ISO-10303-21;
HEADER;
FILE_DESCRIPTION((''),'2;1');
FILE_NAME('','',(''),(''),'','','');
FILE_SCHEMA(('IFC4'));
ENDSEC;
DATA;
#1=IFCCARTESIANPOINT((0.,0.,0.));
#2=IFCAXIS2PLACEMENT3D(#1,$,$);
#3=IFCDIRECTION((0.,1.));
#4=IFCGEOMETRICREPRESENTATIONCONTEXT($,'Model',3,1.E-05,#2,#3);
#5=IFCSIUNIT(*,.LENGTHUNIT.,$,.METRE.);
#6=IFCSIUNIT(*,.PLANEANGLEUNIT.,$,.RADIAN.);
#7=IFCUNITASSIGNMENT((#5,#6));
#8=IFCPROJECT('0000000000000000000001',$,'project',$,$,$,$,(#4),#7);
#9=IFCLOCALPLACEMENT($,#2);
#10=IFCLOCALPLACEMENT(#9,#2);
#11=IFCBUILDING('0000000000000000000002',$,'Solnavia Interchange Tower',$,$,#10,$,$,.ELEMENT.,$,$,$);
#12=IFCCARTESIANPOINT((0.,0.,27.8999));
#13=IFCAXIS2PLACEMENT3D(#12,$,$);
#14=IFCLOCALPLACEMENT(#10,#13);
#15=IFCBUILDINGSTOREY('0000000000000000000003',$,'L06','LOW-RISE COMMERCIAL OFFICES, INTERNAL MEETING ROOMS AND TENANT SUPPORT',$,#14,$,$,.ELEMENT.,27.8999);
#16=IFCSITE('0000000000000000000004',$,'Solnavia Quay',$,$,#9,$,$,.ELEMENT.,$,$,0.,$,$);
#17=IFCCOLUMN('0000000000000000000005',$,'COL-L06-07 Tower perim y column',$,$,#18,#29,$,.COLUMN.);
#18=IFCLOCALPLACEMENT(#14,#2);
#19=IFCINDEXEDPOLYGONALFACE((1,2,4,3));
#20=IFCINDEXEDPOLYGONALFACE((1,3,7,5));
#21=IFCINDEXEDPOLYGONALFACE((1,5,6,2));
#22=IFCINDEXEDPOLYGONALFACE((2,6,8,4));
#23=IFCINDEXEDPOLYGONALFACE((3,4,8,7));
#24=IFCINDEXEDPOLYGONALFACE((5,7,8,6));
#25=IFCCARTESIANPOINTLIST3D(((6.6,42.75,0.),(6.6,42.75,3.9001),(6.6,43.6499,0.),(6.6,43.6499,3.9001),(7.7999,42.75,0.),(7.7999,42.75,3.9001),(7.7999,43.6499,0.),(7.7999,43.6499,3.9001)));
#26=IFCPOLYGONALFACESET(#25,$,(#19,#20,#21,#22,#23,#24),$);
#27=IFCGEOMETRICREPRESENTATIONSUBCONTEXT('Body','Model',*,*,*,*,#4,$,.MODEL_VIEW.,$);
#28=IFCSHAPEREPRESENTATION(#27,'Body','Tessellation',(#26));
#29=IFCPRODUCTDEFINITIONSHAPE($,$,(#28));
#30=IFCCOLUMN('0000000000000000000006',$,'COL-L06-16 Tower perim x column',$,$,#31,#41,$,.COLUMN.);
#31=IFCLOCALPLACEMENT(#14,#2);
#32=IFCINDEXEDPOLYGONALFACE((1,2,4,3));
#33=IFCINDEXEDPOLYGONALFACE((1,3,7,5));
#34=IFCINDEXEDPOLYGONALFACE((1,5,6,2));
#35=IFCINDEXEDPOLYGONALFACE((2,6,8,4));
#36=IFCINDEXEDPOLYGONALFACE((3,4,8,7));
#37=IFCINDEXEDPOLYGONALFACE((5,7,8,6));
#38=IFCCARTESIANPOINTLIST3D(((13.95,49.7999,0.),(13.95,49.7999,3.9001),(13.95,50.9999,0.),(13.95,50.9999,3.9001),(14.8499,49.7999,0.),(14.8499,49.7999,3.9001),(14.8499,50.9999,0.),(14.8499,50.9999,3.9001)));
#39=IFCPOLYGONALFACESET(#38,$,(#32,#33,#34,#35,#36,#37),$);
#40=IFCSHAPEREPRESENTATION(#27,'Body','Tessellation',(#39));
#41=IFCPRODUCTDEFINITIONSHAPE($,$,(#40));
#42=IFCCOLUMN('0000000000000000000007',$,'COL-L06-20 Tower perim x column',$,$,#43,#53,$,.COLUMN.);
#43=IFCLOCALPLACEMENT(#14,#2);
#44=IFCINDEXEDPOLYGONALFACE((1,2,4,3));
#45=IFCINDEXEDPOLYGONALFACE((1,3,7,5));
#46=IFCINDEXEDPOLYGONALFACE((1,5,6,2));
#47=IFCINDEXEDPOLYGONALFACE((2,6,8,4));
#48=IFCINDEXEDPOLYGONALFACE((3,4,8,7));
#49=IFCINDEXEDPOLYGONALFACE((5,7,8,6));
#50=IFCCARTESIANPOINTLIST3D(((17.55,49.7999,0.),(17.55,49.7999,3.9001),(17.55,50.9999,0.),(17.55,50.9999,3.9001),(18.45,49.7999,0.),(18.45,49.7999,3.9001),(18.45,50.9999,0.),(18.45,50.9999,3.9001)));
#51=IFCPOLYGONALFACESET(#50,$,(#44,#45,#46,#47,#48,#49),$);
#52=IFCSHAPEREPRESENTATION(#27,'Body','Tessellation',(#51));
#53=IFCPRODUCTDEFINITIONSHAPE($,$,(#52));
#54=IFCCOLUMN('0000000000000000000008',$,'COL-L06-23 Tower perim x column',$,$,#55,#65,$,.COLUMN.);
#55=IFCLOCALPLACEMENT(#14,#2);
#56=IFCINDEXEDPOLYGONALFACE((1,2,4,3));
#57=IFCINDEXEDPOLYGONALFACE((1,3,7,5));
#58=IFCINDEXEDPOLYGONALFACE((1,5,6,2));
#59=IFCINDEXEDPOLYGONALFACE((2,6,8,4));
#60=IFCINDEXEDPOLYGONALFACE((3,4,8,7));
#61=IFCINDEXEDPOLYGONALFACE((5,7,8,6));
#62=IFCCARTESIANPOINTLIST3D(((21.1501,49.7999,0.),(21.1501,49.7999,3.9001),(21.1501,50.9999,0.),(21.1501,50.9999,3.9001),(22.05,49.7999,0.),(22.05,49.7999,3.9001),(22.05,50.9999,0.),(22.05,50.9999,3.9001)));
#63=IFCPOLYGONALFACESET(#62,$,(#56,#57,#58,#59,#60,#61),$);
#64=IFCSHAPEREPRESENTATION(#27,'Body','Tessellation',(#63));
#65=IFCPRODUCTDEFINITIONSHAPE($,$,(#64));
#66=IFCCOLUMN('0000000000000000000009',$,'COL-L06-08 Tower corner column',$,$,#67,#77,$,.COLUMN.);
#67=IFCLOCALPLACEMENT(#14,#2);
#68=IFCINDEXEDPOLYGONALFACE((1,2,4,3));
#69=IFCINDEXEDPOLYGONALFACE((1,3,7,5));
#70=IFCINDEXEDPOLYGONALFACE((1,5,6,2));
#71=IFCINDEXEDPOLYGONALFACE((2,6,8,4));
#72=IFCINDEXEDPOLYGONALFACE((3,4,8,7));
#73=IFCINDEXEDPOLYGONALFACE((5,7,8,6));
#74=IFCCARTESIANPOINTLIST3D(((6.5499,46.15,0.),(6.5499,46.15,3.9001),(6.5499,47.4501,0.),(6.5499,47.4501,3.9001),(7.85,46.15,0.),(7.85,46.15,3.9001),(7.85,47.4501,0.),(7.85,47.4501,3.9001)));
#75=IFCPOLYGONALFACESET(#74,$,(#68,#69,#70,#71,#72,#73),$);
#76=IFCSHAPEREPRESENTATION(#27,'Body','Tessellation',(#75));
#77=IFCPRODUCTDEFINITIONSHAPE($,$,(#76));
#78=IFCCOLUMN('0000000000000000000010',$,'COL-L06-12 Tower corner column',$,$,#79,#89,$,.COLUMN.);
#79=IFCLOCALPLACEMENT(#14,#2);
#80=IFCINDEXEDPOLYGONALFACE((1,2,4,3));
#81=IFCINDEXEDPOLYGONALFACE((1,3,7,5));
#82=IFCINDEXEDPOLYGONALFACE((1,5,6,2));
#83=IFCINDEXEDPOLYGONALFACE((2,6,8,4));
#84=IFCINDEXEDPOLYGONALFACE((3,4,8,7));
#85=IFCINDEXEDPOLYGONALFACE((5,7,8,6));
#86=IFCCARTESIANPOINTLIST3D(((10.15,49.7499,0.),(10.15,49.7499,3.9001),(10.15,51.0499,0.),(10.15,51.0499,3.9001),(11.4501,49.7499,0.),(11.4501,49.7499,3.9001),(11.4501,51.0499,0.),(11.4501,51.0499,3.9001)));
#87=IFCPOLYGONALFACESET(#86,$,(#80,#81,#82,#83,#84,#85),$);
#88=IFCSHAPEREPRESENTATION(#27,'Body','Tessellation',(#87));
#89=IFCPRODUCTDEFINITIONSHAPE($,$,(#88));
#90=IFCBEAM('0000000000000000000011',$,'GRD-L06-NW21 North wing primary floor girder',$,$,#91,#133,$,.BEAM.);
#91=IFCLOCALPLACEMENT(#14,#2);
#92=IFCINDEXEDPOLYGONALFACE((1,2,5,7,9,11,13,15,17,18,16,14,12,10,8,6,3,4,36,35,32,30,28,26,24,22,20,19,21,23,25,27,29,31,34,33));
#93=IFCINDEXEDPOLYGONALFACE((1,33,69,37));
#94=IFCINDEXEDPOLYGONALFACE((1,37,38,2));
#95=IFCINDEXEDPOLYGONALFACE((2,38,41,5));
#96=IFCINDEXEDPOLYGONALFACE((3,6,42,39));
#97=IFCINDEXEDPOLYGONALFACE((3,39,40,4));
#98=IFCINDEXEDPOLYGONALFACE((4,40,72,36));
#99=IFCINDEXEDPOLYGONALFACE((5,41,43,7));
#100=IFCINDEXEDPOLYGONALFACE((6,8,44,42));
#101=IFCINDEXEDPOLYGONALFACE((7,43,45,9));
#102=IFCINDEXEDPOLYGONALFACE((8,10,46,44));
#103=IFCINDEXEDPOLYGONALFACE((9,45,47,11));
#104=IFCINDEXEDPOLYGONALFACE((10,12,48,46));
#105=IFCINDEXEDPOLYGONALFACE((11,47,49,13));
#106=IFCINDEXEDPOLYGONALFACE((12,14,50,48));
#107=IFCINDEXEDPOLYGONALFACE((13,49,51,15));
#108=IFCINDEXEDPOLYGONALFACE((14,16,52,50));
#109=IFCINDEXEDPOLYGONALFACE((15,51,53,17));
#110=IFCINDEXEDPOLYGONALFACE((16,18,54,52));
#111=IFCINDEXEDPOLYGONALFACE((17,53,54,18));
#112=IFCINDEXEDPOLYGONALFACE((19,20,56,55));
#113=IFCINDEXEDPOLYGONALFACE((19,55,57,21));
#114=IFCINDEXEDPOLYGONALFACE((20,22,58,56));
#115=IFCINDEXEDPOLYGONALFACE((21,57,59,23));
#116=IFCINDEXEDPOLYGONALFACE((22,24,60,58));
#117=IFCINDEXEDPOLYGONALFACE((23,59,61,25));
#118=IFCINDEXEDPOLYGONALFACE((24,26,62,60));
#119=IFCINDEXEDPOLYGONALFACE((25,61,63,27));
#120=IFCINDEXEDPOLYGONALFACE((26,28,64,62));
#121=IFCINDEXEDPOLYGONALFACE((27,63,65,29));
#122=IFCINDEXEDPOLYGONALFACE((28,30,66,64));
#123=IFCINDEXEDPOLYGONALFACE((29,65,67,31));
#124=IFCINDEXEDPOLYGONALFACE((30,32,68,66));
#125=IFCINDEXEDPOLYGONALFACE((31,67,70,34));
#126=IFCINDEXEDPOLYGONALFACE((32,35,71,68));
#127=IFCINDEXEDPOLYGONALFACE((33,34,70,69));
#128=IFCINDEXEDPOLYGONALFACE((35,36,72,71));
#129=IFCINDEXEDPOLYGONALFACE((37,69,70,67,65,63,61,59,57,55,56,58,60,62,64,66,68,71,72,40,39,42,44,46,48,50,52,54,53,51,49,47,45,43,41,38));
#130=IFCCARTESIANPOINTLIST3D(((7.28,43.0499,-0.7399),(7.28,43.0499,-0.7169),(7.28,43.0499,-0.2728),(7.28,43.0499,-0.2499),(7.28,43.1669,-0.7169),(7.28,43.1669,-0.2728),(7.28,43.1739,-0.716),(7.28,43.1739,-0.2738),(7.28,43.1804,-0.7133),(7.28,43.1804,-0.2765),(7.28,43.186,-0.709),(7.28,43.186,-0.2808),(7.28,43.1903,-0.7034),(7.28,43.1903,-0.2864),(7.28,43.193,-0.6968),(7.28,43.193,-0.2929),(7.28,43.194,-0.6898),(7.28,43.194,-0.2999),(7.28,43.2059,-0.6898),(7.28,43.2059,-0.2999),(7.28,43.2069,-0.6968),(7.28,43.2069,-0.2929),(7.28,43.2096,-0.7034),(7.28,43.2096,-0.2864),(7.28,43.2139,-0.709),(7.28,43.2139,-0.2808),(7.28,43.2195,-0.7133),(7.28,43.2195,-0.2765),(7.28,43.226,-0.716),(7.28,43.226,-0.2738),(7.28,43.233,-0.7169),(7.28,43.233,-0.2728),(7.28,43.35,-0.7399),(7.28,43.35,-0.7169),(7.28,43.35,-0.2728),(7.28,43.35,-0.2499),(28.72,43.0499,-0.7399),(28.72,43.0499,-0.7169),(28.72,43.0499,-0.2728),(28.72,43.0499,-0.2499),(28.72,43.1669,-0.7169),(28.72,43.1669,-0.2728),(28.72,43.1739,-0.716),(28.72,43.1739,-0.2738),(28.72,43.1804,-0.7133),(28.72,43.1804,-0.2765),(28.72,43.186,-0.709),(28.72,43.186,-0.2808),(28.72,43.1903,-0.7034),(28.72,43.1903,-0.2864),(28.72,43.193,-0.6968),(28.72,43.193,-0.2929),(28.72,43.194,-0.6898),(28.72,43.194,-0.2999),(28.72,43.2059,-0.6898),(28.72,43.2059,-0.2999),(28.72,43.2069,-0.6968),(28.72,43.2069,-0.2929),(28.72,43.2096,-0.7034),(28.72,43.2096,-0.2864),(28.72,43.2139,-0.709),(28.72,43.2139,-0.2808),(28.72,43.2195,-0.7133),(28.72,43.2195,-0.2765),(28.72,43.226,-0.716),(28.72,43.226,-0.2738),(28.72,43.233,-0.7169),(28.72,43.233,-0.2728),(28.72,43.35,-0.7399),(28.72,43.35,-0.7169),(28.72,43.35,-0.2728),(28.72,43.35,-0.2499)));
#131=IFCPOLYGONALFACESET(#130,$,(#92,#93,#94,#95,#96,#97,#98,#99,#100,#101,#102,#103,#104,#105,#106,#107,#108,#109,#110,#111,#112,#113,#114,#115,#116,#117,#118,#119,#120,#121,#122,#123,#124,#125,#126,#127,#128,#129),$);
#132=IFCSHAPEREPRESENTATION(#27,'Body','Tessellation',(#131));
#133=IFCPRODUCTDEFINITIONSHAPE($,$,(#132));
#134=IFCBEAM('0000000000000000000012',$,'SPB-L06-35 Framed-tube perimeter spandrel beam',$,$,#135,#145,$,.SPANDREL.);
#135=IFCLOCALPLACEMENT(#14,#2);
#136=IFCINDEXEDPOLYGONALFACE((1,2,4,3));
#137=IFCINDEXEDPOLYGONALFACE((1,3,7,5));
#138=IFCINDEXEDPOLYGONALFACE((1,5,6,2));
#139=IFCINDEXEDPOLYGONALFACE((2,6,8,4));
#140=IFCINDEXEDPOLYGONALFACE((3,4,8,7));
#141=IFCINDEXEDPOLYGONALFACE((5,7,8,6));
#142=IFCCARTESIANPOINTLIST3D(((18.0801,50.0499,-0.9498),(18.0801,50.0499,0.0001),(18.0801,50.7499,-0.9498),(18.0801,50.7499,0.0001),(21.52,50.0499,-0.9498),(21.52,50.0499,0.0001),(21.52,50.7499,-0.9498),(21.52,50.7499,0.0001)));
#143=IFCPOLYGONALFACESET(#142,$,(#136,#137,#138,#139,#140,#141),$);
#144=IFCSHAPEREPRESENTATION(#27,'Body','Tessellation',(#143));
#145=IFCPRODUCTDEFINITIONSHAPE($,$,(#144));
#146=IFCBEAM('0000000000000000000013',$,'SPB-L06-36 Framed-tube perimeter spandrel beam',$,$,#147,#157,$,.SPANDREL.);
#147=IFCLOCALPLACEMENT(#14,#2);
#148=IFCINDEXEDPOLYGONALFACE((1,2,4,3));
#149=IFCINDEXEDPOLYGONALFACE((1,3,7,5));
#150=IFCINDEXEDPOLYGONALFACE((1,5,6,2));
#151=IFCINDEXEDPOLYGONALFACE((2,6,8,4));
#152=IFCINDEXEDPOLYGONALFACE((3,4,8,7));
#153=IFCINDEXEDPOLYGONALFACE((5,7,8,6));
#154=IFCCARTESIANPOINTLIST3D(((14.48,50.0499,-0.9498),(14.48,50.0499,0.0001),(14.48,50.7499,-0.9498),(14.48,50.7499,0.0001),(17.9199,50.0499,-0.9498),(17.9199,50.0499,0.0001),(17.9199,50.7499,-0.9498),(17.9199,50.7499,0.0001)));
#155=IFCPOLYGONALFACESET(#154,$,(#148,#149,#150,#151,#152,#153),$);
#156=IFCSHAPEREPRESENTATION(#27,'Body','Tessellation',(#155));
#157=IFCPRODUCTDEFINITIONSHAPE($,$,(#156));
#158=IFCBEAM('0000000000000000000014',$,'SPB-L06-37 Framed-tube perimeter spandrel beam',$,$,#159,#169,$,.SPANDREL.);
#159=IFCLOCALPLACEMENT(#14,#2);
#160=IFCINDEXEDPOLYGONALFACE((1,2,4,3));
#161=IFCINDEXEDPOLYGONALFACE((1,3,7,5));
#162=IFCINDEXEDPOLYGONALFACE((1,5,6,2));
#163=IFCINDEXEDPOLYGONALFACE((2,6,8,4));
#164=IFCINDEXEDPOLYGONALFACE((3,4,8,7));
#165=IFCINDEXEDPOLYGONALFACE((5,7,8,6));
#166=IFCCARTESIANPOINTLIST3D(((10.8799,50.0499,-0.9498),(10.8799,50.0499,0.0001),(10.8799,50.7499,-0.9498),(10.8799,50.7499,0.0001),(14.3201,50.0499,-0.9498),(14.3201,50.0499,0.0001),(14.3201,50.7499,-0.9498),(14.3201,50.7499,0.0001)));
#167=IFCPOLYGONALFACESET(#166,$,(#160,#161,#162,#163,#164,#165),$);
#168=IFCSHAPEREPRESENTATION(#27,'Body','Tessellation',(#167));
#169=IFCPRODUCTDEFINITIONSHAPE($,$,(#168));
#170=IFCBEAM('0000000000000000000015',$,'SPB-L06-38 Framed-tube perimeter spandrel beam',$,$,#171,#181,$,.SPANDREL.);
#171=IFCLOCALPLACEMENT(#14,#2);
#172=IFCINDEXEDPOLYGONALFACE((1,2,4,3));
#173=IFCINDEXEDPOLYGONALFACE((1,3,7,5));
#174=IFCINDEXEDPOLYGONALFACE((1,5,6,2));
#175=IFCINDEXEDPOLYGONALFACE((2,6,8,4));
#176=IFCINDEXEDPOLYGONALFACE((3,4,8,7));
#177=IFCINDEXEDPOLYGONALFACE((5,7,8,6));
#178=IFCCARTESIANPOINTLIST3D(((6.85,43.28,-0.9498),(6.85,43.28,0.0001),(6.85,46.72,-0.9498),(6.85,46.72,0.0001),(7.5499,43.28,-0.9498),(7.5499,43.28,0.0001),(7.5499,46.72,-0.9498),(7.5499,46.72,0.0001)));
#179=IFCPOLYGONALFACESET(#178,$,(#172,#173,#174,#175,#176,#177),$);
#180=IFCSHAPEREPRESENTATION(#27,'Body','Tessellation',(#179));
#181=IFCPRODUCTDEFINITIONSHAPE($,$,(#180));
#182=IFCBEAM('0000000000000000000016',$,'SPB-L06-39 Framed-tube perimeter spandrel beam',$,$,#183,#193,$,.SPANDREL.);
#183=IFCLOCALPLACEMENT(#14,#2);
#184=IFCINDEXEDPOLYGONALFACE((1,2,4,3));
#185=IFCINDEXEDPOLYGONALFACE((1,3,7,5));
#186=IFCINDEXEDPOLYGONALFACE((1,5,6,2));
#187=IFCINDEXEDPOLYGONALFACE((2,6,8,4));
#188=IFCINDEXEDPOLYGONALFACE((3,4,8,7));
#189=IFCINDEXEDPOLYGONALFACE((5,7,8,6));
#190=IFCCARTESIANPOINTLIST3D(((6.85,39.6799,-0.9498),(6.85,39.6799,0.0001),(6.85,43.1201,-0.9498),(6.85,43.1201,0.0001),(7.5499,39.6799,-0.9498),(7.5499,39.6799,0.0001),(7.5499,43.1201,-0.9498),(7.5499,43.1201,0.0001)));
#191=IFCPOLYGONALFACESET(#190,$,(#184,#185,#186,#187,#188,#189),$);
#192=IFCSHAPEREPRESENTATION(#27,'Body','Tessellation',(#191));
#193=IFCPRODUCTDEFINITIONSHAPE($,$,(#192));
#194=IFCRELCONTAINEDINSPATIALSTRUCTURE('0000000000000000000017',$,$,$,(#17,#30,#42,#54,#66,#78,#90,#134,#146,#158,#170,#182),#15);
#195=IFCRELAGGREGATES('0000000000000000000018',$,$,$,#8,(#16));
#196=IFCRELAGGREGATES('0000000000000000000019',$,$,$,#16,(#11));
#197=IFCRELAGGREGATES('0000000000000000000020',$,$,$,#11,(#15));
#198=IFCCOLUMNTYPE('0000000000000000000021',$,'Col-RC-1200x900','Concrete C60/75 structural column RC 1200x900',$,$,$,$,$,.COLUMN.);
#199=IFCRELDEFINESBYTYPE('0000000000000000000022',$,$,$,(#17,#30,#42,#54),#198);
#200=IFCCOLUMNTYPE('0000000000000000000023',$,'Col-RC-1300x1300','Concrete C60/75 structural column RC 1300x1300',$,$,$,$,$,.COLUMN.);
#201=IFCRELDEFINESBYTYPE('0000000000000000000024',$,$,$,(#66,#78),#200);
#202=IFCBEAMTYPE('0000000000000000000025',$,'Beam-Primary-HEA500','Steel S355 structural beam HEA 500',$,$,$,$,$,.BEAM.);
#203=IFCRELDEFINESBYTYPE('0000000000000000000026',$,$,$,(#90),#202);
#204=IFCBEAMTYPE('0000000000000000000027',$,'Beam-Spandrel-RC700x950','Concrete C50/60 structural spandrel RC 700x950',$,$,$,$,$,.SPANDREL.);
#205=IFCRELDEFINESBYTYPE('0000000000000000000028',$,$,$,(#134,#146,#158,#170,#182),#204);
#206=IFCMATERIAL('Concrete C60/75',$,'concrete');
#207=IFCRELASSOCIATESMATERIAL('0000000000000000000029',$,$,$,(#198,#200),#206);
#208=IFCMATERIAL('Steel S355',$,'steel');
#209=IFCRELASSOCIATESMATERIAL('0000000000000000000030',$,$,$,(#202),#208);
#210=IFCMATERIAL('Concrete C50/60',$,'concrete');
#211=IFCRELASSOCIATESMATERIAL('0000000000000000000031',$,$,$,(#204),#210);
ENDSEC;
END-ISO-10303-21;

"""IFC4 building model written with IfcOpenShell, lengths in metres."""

from ifc_helpers import new_model, si_unit, direction, frame, origin, origin_2d, place, context, subcontext, project, spatial, rectangle, i_section, extrude, material, material_profile, profile_set, type_object, element, save


model = new_model("IFC4")

# Units and contexts
model_context = context("Model", 3, precision=1e-05, world=origin(), true_north=direction((0.0, 1.0)))
body_context = subcontext(model_context, "Body", "Model", "MODEL_VIEW")
ifc_project = project(units=[si_unit("LENGTHUNIT", "METRE"), si_unit("PLANEANGLEUNIT", "RADIAN")], contexts=[model_context])

# Site, building, storey
site_placement = place(None, origin())
site = spatial("IfcSite", under=ifc_project, at=site_placement, Name="Solnavia Quay", CompositionType="ELEMENT", RefElevation=0.0)
building_placement = place(site_placement, origin())
building = spatial("IfcBuilding", under=site, at=building_placement, Name="Solnavia Interchange Tower", CompositionType="ELEMENT")
storey_placement = place(building_placement, frame((0.0, 0.0, 27.8999)))
storey = spatial("IfcBuildingStorey", under=building, at=storey_placement, Name="L06", Description="LOW-RISE COMMERCIAL OFFICES, INTERNAL MEETING ROOMS AND TENANT SUPPORT", CompositionType="ELEMENT", Elevation=27.8999)

# Columns
ifc_material_1 = material(Name="Concrete C60/75", Category="concrete")
ifc_material_profile_1 = material_profile(ifc_material_1, rectangle(XDim=0.8999, YDim=1.2, at=origin_2d()), Name="RC 1200x900")
ifc_profile_set_1 = profile_set([ifc_material_profile_1], Name="Concrete C60/75")
column_type_1 = type_object("IfcColumnType", Name="Col-RC-1200x900", Description="Concrete C60/75 structural column RC 1200x900", PredefinedType="COLUMN", material=ifc_profile_set_1)
for number, where, z_axis, x_axis, name in (
    (1, (7.2, 43.2, 0.0), (0.0, 0.0, 1.0), (0.0, 1.0, 0.0), "COL-L06-07 Tower perim y column"),
    (2, (14.3999, 50.3999, 0.0), (0.0, 0.0, 1.0), (1.0, 0.0, 0.0), "COL-L06-16 Tower perim x column"),
    (3, (18.0, 50.3999, 0.0), (0.0, 0.0, 1.0), (1.0, 0.0, 0.0), "COL-L06-20 Tower perim x column"),
    (4, (21.6001, 50.3999, 0.0), (0.0, 0.0, 1.0), (1.0, 0.0, 0.0), "COL-L06-23 Tower perim x column"),
):
    element("IfcColumn", number, at=place(storey_placement, frame(where, z_axis=z_axis, x_axis=x_axis)), inside=storey, type_object=column_type_1, Name=name, PredefinedType="COLUMN", context=body_context, shape_type="SweptSolid", body=[
        extrude(rectangle(XDim=0.8999, YDim=1.2, at=origin_2d()), origin(), (0.0, 0.0, 1.0), 3.9001),
    ])
ifc_material_profile_2 = material_profile(ifc_material_1, rectangle(XDim=1.3, YDim=1.3, at=origin_2d()), Name="RC 1300x1300")
ifc_profile_set_2 = profile_set([ifc_material_profile_2], Name="Concrete C60/75")
column_type_2 = type_object("IfcColumnType", Name="Col-RC-1300x1300", Description="Concrete C60/75 structural column RC 1300x1300", PredefinedType="COLUMN", material=ifc_profile_set_2)
for number, where, z_axis, x_axis, name in (
    (5, (7.2, 46.8, 0.0), (0.0, 0.0, 1.0), (0.0, 1.0, 0.0), "COL-L06-08 Tower corner column"),
    (6, (10.8, 50.3999, 0.0), (0.0, 0.0, 1.0), (1.0, 0.0, 0.0), "COL-L06-12 Tower corner column"),
):
    element("IfcColumn", number, at=place(storey_placement, frame(where, z_axis=z_axis, x_axis=x_axis)), inside=storey, type_object=column_type_2, Name=name, PredefinedType="COLUMN", context=body_context, shape_type="SweptSolid", body=[
        extrude(rectangle(XDim=1.3, YDim=1.3, at=origin_2d()), origin(), (0.0, 0.0, 1.0), 3.9001),
    ])

# Beams
ifc_material_2 = material(Name="Steel S355", Category="steel")
ifc_material_profile_3 = material_profile(ifc_material_2, i_section(OverallWidth=0.3, OverallDepth=0.49, WebThickness=0.012, FlangeThickness=0.0229, FilletRadius=0.0271, at=origin_2d()), Name="HEA 500")
ifc_profile_set_3 = profile_set([ifc_material_profile_3], Name="Steel S355")
beam_type_1 = type_object("IfcBeamType", Name="Beam-Primary-HEA500", Description="Steel S355 structural beam HEA 500", PredefinedType="BEAM", material=ifc_profile_set_3)
beam_1_placement = place(storey_placement, frame((7.28, 43.2, -0.4949), z_axis=(1.0, 0.0, 0.0), x_axis=(0.0, 1.0, 0.0)))
element("IfcBeam", 7, at=beam_1_placement, inside=storey, type_object=beam_type_1, Name="GRD-L06-NW21 North wing primary floor girder", PredefinedType="BEAM", context=body_context, shape_type="SweptSolid", body=[
    extrude(i_section(OverallWidth=0.3, OverallDepth=0.49, WebThickness=0.012, FlangeThickness=0.0229, FilletRadius=0.0271, at=origin_2d()), origin(), (0.0, 0.0, 1.0), 21.4399),
])
ifc_material_3 = material(Name="Concrete C50/60", Category="concrete")
ifc_material_profile_4 = material_profile(ifc_material_3, rectangle(XDim=0.7, YDim=0.95, at=origin_2d()), Name="RC 700x950")
ifc_profile_set_4 = profile_set([ifc_material_profile_4], Name="Concrete C50/60")
beam_type_2 = type_object("IfcBeamType", Name="Beam-Spandrel-RC700x950", Description="Concrete C50/60 structural spandrel RC 700x950", PredefinedType="SPANDREL", material=ifc_profile_set_4)
for number, where, z_axis, x_axis, name in (
    (8, (21.52, 50.3999, -0.4749), (-1.0, 0.0, 0.0), (0.0, -1.0, 0.0), "SPB-L06-35 Framed-tube perimeter spandrel beam"),
    (9, (17.9199, 50.3999, -0.4749), (-1.0, 0.0, 0.0), (0.0, -1.0, 0.0), "SPB-L06-36 Framed-tube perimeter spandrel beam"),
):
    element("IfcBeam", number, at=place(storey_placement, frame(where, z_axis=z_axis, x_axis=x_axis)), inside=storey, type_object=beam_type_2, Name=name, PredefinedType="SPANDREL", context=body_context, shape_type="SweptSolid", body=[
        extrude(rectangle(XDim=0.7, YDim=0.95, at=origin_2d()), origin(), (0.0, 0.0, 1.0), 3.4399),
    ])
beam_2_placement = place(storey_placement, frame((14.3201, 50.3999, -0.4749), z_axis=(-1.0, 0.0, 0.0), x_axis=(0.0, -1.0, 0.0)))
element("IfcBeam", 10, at=beam_2_placement, inside=storey, type_object=beam_type_2, Name="SPB-L06-37 Framed-tube perimeter spandrel beam", PredefinedType="SPANDREL", context=body_context, shape_type="SweptSolid", body=[
    extrude(rectangle(XDim=0.7, YDim=0.95, at=origin_2d()), origin(), (0.0, 0.0, 1.0), 3.4402),
])
beam_3_placement = place(storey_placement, frame((7.2, 46.72, -0.4749), z_axis=(0.0, -1.0, 0.0), x_axis=(1.0, 0.0, 0.0)))
element("IfcBeam", 11, at=beam_3_placement, inside=storey, type_object=beam_type_2, Name="SPB-L06-38 Framed-tube perimeter spandrel beam", PredefinedType="SPANDREL", context=body_context, shape_type="SweptSolid", body=[
    extrude(rectangle(XDim=0.7, YDim=0.95, at=origin_2d()), origin(), (0.0, 0.0, 1.0), 3.4399),
])
beam_4_placement = place(storey_placement, frame((7.2, 43.1201, -0.4749), z_axis=(0.0, -1.0, 0.0), x_axis=(1.0, 0.0, 0.0)))
element("IfcBeam", 12, at=beam_4_placement, inside=storey, type_object=beam_type_2, Name="SPB-L06-39 Framed-tube perimeter spandrel beam", PredefinedType="SPANDREL", context=body_context, shape_type="SweptSolid", body=[
    extrude(rectangle(XDim=0.7, YDim=0.95, at=origin_2d()), origin(), (0.0, 0.0, 1.0), 3.4402),
])

save(model, "model.ifc")
